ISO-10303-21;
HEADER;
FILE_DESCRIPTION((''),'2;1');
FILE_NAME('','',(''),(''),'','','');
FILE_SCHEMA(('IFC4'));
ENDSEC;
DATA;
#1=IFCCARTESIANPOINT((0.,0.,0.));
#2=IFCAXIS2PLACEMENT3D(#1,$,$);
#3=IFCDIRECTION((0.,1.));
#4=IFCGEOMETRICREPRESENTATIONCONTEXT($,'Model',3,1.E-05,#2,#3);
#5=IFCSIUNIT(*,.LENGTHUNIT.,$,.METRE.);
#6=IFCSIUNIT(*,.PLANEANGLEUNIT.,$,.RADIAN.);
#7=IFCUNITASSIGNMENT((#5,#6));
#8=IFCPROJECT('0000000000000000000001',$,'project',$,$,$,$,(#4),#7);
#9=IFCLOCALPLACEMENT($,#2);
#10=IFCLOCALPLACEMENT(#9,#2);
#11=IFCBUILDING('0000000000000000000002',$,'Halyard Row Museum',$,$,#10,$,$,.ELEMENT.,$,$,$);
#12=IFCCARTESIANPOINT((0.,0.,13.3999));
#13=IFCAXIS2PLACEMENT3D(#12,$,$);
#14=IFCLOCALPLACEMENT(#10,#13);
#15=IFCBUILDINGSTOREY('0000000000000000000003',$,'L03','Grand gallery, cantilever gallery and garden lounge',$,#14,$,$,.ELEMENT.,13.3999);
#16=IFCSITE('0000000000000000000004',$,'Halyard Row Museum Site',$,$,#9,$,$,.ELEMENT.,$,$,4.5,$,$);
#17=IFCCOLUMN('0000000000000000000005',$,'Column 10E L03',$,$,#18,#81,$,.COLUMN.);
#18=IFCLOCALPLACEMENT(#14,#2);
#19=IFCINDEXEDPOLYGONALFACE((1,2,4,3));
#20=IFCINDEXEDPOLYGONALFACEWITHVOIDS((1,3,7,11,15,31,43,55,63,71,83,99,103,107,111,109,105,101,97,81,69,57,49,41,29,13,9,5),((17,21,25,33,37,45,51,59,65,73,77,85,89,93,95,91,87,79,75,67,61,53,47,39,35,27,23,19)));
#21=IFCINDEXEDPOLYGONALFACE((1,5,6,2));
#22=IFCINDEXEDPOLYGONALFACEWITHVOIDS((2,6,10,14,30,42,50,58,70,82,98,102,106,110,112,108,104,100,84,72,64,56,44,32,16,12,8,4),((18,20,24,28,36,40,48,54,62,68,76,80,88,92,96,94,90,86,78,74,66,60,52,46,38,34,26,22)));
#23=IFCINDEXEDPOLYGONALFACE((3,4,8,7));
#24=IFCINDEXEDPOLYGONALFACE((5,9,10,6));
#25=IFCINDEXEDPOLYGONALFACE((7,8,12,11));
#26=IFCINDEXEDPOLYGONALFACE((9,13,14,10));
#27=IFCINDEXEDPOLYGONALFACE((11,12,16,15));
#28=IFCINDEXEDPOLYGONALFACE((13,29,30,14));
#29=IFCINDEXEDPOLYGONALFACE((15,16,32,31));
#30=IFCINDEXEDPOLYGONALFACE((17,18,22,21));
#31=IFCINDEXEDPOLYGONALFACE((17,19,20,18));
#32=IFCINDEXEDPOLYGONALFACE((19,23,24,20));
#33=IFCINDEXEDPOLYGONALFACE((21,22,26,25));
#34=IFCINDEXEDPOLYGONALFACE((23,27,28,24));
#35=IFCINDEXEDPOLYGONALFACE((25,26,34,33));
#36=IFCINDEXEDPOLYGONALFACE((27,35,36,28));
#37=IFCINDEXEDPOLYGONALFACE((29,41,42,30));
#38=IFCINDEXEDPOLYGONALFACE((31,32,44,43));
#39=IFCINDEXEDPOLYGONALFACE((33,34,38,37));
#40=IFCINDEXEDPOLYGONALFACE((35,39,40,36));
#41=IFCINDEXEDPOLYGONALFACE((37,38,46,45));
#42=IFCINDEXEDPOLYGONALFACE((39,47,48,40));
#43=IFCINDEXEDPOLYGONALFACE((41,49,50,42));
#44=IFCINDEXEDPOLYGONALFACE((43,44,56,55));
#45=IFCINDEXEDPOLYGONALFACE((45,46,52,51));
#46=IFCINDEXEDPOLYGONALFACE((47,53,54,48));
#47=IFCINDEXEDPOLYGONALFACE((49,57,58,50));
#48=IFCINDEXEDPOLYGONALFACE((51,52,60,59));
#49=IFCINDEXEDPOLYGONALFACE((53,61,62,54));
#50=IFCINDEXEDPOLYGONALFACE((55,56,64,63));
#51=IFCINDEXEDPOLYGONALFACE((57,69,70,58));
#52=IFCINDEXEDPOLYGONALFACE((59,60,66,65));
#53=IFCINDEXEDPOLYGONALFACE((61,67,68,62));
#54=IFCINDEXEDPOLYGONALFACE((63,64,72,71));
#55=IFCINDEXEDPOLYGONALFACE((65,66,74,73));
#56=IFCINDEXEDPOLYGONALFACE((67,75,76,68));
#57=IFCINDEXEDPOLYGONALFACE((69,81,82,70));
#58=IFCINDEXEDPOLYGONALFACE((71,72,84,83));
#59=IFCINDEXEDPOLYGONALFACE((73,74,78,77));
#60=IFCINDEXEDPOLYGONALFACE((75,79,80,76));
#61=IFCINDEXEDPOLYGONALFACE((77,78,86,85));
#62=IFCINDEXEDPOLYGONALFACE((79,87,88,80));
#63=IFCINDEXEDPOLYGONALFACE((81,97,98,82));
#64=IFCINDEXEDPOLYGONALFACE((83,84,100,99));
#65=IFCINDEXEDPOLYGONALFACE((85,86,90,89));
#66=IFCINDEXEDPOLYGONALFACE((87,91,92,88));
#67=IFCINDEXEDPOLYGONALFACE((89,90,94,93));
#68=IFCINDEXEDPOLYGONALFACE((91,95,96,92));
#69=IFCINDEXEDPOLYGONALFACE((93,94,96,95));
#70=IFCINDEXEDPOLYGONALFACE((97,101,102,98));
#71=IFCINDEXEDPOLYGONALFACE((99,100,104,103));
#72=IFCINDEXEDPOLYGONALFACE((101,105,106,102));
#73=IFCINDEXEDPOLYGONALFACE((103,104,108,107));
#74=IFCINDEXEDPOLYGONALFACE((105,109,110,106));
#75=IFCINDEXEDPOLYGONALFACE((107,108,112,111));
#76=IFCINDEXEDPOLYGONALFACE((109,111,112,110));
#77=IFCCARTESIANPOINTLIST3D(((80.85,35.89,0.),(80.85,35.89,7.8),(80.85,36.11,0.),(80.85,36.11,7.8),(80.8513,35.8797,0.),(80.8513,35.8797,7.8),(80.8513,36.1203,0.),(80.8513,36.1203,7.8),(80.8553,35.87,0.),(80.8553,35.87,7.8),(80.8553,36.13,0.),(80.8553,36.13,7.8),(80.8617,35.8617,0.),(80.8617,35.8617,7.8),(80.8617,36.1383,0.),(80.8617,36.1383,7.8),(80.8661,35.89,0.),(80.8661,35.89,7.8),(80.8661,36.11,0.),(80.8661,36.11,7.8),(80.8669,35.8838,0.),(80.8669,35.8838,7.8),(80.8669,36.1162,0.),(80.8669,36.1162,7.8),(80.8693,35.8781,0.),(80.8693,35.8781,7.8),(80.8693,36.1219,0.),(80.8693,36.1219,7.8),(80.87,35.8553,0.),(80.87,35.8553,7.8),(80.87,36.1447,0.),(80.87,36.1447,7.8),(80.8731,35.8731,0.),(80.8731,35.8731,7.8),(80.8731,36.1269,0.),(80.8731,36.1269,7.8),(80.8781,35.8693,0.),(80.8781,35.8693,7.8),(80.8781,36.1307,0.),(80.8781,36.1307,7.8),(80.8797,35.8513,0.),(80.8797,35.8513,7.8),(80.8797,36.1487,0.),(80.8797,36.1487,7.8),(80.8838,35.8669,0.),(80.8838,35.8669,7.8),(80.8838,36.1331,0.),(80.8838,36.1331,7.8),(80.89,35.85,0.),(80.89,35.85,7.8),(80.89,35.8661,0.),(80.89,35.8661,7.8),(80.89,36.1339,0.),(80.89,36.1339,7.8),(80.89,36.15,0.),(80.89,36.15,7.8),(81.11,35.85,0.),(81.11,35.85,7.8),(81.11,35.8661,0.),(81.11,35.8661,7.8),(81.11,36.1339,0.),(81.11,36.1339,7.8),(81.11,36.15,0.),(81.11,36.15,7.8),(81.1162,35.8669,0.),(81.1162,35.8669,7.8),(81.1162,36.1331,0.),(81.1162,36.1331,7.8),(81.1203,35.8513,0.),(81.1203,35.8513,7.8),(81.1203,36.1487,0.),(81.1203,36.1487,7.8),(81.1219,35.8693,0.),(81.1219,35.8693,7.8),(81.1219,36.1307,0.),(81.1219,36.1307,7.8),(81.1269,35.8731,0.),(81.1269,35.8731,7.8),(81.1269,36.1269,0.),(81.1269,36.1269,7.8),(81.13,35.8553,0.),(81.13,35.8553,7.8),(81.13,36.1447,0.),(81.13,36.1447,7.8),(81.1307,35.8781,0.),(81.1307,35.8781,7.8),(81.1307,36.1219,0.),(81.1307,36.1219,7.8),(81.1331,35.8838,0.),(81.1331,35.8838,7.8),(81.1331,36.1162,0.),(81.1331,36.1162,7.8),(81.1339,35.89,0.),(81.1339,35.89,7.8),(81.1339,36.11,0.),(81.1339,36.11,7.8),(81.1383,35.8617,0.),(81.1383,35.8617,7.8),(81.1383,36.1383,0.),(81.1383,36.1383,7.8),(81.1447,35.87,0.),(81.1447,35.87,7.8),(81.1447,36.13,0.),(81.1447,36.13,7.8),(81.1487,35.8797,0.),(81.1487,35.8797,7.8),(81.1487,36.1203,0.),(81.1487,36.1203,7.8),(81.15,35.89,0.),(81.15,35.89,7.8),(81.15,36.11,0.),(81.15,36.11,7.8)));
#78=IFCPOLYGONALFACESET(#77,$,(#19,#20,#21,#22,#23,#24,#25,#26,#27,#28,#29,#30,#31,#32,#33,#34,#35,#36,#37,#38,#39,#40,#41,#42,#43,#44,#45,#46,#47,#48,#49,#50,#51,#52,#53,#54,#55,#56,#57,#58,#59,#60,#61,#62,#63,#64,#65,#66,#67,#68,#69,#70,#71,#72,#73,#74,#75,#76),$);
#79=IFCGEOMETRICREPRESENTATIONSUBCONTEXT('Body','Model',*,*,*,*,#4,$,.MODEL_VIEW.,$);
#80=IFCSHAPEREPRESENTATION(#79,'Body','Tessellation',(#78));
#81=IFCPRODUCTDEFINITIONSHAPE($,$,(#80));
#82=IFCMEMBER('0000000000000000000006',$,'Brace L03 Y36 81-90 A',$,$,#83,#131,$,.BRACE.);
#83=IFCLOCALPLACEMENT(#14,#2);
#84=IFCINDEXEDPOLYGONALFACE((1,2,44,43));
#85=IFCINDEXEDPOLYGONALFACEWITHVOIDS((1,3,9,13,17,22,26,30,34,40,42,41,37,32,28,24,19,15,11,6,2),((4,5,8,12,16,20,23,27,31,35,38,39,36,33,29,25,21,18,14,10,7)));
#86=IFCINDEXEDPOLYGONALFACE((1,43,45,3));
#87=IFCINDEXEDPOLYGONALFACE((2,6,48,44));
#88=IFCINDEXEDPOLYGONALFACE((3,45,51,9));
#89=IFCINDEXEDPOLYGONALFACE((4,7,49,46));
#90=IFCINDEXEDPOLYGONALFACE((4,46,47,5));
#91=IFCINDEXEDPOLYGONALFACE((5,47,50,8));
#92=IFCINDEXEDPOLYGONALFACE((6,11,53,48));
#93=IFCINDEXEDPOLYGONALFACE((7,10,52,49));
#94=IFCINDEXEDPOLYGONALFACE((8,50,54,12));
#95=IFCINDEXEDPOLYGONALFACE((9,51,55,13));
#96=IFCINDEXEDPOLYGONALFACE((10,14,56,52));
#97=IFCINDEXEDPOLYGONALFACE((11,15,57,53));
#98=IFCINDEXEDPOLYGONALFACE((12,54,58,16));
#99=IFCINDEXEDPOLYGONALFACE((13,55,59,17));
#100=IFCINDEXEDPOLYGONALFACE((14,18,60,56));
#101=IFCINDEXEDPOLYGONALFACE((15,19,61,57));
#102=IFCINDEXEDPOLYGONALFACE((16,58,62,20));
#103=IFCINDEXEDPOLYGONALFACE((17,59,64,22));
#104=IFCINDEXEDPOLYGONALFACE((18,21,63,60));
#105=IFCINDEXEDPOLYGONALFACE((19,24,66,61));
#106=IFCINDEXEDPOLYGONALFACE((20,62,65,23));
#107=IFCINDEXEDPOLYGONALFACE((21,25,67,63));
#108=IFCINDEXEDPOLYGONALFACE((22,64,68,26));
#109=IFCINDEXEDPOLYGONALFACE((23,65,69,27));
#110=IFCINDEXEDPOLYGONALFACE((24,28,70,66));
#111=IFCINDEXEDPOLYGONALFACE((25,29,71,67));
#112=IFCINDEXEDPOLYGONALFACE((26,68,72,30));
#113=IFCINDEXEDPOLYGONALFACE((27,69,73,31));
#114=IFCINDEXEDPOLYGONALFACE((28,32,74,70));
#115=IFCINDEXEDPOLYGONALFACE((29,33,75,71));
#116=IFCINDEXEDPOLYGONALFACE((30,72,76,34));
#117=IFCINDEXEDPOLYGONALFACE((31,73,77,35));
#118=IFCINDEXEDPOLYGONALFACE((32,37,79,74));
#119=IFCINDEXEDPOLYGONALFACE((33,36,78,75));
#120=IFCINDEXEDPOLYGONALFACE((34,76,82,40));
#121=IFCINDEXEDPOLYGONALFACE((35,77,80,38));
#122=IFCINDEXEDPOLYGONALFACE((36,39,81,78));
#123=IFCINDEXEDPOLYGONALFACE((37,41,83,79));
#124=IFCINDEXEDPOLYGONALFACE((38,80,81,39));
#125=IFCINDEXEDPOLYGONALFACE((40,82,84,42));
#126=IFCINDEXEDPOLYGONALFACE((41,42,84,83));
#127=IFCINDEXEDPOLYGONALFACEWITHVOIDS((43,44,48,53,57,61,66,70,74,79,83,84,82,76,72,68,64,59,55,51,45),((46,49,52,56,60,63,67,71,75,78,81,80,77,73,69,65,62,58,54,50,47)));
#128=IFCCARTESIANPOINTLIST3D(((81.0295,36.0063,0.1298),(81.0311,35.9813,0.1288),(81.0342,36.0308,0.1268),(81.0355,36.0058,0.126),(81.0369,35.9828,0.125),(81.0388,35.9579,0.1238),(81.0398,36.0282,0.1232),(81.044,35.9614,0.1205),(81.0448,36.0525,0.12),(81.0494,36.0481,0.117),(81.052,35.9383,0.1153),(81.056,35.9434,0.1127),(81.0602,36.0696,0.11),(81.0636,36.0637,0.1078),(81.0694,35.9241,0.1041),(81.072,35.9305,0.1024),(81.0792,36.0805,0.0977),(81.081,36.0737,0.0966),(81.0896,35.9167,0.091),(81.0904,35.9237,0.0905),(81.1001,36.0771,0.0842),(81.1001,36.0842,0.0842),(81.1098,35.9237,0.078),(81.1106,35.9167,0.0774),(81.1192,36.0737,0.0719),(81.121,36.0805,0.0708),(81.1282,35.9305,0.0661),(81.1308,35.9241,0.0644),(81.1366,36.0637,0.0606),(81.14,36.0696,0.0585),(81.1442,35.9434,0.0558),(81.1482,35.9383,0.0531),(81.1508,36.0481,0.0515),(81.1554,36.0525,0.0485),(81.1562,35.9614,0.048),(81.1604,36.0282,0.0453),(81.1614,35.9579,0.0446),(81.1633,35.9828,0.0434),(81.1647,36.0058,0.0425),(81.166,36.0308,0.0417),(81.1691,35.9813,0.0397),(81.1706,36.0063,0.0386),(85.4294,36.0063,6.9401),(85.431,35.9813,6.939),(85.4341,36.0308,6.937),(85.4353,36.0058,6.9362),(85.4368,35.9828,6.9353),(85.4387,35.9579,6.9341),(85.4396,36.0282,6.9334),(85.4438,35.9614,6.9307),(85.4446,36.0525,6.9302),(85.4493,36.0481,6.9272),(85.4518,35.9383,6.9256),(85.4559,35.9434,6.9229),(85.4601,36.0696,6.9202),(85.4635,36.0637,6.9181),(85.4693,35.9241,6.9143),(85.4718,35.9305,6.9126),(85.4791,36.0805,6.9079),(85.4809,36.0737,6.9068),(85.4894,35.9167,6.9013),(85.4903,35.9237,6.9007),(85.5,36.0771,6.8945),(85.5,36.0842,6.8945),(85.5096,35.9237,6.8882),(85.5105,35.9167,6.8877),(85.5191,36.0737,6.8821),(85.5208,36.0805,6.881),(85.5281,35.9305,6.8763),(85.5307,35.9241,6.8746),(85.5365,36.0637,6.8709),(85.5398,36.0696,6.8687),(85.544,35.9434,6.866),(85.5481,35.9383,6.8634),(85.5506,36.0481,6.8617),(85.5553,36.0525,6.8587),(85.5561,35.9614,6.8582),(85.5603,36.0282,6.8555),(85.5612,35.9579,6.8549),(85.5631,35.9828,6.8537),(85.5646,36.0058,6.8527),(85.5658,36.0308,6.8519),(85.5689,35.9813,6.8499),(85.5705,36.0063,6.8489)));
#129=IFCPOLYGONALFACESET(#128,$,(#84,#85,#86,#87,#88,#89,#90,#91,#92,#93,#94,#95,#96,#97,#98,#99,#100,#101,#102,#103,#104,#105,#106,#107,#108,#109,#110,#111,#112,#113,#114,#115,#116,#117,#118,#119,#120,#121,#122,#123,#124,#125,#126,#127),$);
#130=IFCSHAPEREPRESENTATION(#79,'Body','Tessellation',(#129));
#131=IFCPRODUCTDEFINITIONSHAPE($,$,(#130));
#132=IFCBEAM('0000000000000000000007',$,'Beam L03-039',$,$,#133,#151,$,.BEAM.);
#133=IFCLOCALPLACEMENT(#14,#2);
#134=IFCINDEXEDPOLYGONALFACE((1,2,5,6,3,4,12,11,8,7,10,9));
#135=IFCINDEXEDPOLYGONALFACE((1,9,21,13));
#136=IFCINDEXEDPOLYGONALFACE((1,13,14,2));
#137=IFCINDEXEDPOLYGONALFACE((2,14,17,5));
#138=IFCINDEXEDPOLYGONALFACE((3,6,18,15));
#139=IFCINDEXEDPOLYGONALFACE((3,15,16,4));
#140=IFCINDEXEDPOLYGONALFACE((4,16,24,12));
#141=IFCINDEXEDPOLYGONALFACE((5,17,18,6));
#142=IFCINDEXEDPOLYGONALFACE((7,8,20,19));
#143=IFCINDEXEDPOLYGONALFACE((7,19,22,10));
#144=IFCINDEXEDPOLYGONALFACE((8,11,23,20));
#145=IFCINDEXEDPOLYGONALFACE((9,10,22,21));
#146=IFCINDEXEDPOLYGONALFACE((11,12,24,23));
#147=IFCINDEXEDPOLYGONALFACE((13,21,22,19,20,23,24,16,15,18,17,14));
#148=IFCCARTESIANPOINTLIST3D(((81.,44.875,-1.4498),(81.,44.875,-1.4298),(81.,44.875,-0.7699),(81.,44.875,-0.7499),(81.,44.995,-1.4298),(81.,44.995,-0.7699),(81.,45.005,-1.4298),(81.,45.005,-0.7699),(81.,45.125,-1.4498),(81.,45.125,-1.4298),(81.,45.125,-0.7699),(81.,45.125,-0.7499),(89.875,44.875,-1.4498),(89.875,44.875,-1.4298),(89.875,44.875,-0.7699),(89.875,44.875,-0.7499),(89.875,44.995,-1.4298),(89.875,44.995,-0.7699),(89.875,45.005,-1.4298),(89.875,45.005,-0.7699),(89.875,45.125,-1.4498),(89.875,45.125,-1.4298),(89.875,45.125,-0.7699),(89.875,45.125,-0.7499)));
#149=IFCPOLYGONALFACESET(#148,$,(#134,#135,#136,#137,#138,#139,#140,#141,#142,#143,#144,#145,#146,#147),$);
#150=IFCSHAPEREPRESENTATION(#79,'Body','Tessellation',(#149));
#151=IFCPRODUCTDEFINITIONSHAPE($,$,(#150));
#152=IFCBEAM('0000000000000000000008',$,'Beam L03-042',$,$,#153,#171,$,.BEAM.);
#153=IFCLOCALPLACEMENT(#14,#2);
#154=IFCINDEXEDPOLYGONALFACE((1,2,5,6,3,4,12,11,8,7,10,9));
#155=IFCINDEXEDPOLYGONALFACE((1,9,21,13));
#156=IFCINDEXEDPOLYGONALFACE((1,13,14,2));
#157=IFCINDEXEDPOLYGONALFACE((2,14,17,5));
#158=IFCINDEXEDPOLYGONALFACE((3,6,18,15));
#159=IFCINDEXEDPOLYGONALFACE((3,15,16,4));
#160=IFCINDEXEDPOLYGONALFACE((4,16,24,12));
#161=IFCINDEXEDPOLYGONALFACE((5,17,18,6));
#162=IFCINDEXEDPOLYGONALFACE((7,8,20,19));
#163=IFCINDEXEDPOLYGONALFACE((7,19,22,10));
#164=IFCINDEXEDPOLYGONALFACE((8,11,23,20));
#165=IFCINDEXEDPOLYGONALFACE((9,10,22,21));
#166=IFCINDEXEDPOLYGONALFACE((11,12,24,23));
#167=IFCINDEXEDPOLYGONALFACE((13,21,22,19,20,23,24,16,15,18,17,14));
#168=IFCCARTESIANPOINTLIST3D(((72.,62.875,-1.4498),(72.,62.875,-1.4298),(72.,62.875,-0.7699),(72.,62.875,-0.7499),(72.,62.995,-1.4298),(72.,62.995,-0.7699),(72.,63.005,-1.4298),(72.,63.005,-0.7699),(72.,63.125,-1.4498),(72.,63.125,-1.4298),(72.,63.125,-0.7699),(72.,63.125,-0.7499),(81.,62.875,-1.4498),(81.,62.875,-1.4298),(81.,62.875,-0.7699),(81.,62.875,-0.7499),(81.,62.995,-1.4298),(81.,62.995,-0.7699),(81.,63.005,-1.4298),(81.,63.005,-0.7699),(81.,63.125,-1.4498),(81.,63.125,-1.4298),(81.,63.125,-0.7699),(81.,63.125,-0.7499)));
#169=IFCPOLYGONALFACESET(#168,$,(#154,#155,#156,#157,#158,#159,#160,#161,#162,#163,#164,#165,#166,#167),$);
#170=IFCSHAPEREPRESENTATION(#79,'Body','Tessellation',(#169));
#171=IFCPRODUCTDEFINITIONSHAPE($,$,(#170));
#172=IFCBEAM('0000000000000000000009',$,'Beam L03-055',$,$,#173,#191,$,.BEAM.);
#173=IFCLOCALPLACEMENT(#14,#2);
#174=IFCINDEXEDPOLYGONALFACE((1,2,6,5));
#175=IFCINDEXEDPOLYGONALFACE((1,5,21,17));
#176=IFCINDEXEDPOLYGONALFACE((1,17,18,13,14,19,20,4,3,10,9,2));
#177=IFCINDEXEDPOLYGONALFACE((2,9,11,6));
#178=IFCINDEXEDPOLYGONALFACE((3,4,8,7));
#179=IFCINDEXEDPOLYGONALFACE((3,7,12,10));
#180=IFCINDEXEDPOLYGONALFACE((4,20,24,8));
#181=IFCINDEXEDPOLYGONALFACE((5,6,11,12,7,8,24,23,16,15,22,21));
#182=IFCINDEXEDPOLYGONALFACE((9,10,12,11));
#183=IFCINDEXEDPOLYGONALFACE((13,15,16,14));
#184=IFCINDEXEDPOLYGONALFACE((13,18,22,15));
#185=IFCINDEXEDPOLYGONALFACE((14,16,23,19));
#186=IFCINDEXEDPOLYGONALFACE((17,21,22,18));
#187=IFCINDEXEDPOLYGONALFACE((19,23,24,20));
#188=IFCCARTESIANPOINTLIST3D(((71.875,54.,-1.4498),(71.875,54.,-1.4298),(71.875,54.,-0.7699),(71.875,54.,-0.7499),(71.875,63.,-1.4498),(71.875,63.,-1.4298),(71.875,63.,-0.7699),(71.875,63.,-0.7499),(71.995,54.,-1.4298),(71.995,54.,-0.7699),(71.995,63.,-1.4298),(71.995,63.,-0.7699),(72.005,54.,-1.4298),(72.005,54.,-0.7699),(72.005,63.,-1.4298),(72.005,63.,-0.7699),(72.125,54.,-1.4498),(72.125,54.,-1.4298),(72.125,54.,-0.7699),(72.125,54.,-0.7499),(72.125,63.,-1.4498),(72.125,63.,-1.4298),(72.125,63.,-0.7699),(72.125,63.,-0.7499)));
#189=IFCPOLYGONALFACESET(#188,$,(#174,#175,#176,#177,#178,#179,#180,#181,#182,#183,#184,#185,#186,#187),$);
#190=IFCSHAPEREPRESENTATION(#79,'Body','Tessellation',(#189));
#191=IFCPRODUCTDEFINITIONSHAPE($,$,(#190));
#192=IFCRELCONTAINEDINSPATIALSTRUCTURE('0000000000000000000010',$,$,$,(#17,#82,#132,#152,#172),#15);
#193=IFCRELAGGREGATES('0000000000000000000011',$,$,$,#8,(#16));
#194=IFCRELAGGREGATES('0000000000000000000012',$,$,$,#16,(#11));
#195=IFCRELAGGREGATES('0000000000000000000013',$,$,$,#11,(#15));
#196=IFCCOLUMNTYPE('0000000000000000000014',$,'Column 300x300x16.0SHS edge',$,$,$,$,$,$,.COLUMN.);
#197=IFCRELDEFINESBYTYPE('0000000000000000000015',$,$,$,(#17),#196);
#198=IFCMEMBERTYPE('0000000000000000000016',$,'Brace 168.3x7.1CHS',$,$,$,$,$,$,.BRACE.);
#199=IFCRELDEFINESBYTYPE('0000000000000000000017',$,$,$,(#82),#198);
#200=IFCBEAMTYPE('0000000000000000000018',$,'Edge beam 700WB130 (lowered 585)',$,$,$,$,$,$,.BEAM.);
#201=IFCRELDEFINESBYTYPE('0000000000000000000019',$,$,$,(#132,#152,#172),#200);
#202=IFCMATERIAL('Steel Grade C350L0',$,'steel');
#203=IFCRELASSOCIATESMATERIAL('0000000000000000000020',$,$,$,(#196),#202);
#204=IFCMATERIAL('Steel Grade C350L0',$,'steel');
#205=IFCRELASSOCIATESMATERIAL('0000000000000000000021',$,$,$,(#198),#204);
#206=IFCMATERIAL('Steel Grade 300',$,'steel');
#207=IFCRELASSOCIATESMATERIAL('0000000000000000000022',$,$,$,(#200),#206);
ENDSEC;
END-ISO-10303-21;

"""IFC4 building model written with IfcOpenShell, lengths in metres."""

from ifc_helpers import new_model, si_unit, direction, frame, origin, origin_2d, place, context, subcontext, project, spatial, hollow_rectangle, hollow_circle, i_section, extrude, material, material_profile, profile_set, type_object, element, save


model = new_model("IFC4")

# Units and contexts
model_context = context("Model", 3, precision=1e-05, world=origin(), true_north=direction((0.0, 1.0)))
body_context = subcontext(model_context, "Body", "Model", "MODEL_VIEW")
ifc_project = project(units=[si_unit("LENGTHUNIT", "METRE"), si_unit("PLANEANGLEUNIT", "RADIAN")], contexts=[model_context])

# Site, building, storey
site_placement = place(None, origin())
site = spatial("IfcSite", under=ifc_project, at=site_placement, Name="Halyard Row Museum Site", CompositionType="ELEMENT", RefElevation=4.5)
building_placement = place(site_placement, origin())
building = spatial("IfcBuilding", under=site, at=building_placement, Name="Halyard Row Museum", CompositionType="ELEMENT")
storey_placement = place(building_placement, frame((0.0, 0.0, 13.3999)))
storey = spatial("IfcBuildingStorey", under=building, at=storey_placement, Name="L03", Description="Grand gallery, cantilever gallery and garden lounge", CompositionType="ELEMENT", Elevation=13.3999)

# Column
ifc_material_1 = material(Name="Steel Grade C350L0", Category="steel")
ifc_material_profile_1 = material_profile(ifc_material_1, hollow_rectangle(XDim=0.3, YDim=0.3, WallThickness=0.0161, InnerFilletRadius=0.0239, OuterFilletRadius=0.04, at=origin_2d()), Name="300x300x16.0SHS")
ifc_profile_set_1 = profile_set([ifc_material_profile_1], Name="Steel Grade C350L0")
column_type = type_object("IfcColumnType", Name="Column 300x300x16.0SHS edge", PredefinedType="COLUMN", material=ifc_profile_set_1)
column_placement = place(storey_placement, frame((81.0, 36.0, 0.0), z_axis=(0.0, 0.0, 1.0), x_axis=(1.0, 0.0, 0.0)))
element("IfcColumn", 1, at=column_placement, inside=storey, type_object=column_type, Name="Column 10E L03", PredefinedType="COLUMN", context=body_context, shape_type="SweptSolid", body=[
    extrude(hollow_rectangle(XDim=0.3, YDim=0.3, WallThickness=0.0161, InnerFilletRadius=0.0239, OuterFilletRadius=0.04, at=origin_2d()), origin(), (0.0, 0.0, 1.0), 7.8),
])

# Member
ifc_material_2 = material(Name="Steel Grade C350L0", Category="steel")
ifc_material_profile_2 = material_profile(ifc_material_2, hollow_circle(Radius=0.0842, WallThickness=0.0071, at=origin_2d()), Name="168.3x7.1CHS")
ifc_profile_set_2 = profile_set([ifc_material_profile_2], Name="Steel Grade C350L0")
member_type_1 = type_object("IfcMemberType", Name="Brace 168.3x7.1CHS", PredefinedType="BRACE", material=ifc_profile_set_2)
member_1_placement = place(storey_placement, frame((81.1001, 36.0, 0.0842), z_axis=(0.542663, 0.0, 0.83995), x_axis=(0.0, 1.0, 0.0)))
element("IfcMember", 2, at=member_1_placement, inside=storey, type_object=member_type_1, Name="Brace L03 Y36 81-90 A", PredefinedType="BRACE", context=body_context, shape_type="SweptSolid", body=[
    extrude(hollow_circle(Radius=0.0842, WallThickness=0.0071, at=origin_2d()), origin(), (0.0, 0.0, 1.0), 8.1079),
])

# Beams
ifc_material_3 = material(Name="Steel Grade 300", Category="steel")
ifc_material_profile_3 = material_profile(ifc_material_3, i_section(OverallWidth=0.25, OverallDepth=0.7, WebThickness=0.01, FlangeThickness=0.02, at=origin_2d()), Name="700WB130")
ifc_profile_set_3 = profile_set([ifc_material_profile_3], Name="Steel Grade 300")
beam_type_1 = type_object("IfcBeamType", Name="Edge beam 700WB130 (lowered 585)", PredefinedType="BEAM", material=ifc_profile_set_3)
beam_1_placement = place(storey_placement, frame((81.0, 45.0, -1.0999), z_axis=(1.0, 0.0, 0.0), x_axis=(0.0, 1.0, 0.0)))
element("IfcBeam", 3, at=beam_1_placement, inside=storey, type_object=beam_type_1, Name="Beam L03-039", PredefinedType="BEAM", context=body_context, shape_type="SweptSolid", body=[
    extrude(i_section(OverallWidth=0.25, OverallDepth=0.7, WebThickness=0.01, FlangeThickness=0.02, at=origin_2d()), origin(), (0.0, 0.0, 1.0), 8.875),
])
for number, where, z_axis, x_axis, name in (
    (4, (72.0, 63.0, -1.0999), (1.0, 0.0, 0.0), (0.0, 1.0, 0.0), "Beam L03-042"),
    (5, (72.0, 54.0, -1.0999), (0.0, 1.0, 0.0), (-1.0, 0.0, 0.0), "Beam L03-055"),
):
    element("IfcBeam", number, at=place(storey_placement, frame(where, z_axis=z_axis, x_axis=x_axis)), inside=storey, type_object=beam_type_1, Name=name, PredefinedType="BEAM", context=body_context, shape_type="SweptSolid", body=[
        extrude(i_section(OverallWidth=0.25, OverallDepth=0.7, WebThickness=0.01, FlangeThickness=0.02, at=origin_2d()), origin(), (0.0, 0.0, 1.0), 9.0),
    ])

save(model, "model.ifc")
